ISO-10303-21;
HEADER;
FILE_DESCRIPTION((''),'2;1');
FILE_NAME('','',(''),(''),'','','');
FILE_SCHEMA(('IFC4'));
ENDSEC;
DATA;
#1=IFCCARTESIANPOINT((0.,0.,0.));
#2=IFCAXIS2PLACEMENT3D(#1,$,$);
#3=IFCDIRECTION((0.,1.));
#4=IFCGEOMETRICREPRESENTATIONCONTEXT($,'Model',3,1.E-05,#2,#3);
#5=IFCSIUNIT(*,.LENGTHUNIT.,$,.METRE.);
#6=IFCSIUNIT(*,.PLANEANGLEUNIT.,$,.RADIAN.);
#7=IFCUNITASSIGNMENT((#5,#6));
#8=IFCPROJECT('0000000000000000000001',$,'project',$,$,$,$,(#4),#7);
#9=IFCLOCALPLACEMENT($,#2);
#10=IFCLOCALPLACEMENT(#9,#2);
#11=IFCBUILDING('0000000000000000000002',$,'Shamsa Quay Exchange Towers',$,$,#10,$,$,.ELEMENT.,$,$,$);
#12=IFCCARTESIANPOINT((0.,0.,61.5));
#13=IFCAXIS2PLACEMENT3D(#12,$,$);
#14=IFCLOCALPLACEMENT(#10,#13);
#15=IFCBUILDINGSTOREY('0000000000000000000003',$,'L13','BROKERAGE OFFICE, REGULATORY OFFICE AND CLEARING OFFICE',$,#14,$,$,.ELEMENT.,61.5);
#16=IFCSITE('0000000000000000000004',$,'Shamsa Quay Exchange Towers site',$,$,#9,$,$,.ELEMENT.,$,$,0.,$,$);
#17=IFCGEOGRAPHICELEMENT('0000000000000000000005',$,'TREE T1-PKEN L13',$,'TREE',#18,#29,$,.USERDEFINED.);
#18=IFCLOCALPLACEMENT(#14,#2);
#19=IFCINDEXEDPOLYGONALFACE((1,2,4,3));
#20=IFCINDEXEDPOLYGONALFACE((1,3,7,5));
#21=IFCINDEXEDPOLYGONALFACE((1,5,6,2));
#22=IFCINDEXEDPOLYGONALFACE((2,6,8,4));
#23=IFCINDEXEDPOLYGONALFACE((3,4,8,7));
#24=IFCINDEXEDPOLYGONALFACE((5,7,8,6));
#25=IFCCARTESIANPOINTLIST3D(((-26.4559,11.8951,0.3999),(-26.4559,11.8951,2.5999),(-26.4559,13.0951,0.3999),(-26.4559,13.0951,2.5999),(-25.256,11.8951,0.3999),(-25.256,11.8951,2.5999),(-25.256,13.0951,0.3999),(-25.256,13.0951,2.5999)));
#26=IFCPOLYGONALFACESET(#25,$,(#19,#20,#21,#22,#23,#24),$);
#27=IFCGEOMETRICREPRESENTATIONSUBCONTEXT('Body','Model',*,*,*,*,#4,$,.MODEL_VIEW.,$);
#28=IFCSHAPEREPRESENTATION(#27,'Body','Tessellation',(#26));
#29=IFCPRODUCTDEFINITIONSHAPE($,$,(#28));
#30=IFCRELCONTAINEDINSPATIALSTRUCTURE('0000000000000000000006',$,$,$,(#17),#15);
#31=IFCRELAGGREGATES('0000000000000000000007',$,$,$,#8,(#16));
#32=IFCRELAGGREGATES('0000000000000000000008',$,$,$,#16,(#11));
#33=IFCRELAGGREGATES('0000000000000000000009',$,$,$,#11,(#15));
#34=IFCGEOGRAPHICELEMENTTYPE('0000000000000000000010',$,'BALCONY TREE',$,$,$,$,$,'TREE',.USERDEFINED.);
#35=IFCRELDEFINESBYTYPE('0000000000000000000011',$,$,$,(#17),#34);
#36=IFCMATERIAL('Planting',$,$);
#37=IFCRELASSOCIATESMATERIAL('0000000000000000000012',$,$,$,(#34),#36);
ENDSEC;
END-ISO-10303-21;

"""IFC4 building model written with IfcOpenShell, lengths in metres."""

from ifc_helpers import new_model, si_unit, direction, frame, origin, origin_2d, place, context, subcontext, project, spatial, rectangle, extrude, material, type_object, element, save


model = new_model("IFC4")

# Units and contexts
model_context = context("Model", 3, precision=1e-05, world=origin(), true_north=direction((0.0, 1.0)))
body_context = subcontext(model_context, "Body", "Model", "MODEL_VIEW")
ifc_project = project(units=[si_unit("LENGTHUNIT", "METRE"), si_unit("PLANEANGLEUNIT", "RADIAN")], contexts=[model_context])

# Site, building, storey
site_placement = place(None, origin())
site = spatial("IfcSite", under=ifc_project, at=site_placement, Name="Shamsa Quay Exchange Towers site", CompositionType="ELEMENT", RefElevation=0.0)
building_placement = place(site_placement, origin())
building = spatial("IfcBuilding", under=site, at=building_placement, Name="Shamsa Quay Exchange Towers", CompositionType="ELEMENT")
storey_placement = place(building_placement, frame((0.0, 0.0, 61.5)))
storey = spatial("IfcBuildingStorey", under=building, at=storey_placement, Name="L13", Description="BROKERAGE OFFICE, REGULATORY OFFICE AND CLEARING OFFICE", CompositionType="ELEMENT", Elevation=61.5)

# Geographic element
ifc_material_1 = material(Name="Planting")
geographic_element_type = type_object("IfcGeographicElementType", Name="BALCONY TREE", ElementType="TREE", PredefinedType="USERDEFINED", material=ifc_material_1)
geographic_element_placement = place(storey_placement, frame((-25.856, 12.4951, 0.3999), z_axis=(0.0, 0.0, 1.0), x_axis=(-1.0, 0.0, 0.0)))
element("IfcGeographicElement", 1, at=geographic_element_placement, inside=storey, type_object=geographic_element_type, Name="TREE T1-PKEN L13", ObjectType="TREE", PredefinedType="USERDEFINED", context=body_context, shape_type="SweptSolid", body=[
    extrude(rectangle(XDim=1.2, YDim=1.2, at=origin_2d()), origin(), (0.0, 0.0, 1.0), 2.2),
])

save(model, "model.ifc")
